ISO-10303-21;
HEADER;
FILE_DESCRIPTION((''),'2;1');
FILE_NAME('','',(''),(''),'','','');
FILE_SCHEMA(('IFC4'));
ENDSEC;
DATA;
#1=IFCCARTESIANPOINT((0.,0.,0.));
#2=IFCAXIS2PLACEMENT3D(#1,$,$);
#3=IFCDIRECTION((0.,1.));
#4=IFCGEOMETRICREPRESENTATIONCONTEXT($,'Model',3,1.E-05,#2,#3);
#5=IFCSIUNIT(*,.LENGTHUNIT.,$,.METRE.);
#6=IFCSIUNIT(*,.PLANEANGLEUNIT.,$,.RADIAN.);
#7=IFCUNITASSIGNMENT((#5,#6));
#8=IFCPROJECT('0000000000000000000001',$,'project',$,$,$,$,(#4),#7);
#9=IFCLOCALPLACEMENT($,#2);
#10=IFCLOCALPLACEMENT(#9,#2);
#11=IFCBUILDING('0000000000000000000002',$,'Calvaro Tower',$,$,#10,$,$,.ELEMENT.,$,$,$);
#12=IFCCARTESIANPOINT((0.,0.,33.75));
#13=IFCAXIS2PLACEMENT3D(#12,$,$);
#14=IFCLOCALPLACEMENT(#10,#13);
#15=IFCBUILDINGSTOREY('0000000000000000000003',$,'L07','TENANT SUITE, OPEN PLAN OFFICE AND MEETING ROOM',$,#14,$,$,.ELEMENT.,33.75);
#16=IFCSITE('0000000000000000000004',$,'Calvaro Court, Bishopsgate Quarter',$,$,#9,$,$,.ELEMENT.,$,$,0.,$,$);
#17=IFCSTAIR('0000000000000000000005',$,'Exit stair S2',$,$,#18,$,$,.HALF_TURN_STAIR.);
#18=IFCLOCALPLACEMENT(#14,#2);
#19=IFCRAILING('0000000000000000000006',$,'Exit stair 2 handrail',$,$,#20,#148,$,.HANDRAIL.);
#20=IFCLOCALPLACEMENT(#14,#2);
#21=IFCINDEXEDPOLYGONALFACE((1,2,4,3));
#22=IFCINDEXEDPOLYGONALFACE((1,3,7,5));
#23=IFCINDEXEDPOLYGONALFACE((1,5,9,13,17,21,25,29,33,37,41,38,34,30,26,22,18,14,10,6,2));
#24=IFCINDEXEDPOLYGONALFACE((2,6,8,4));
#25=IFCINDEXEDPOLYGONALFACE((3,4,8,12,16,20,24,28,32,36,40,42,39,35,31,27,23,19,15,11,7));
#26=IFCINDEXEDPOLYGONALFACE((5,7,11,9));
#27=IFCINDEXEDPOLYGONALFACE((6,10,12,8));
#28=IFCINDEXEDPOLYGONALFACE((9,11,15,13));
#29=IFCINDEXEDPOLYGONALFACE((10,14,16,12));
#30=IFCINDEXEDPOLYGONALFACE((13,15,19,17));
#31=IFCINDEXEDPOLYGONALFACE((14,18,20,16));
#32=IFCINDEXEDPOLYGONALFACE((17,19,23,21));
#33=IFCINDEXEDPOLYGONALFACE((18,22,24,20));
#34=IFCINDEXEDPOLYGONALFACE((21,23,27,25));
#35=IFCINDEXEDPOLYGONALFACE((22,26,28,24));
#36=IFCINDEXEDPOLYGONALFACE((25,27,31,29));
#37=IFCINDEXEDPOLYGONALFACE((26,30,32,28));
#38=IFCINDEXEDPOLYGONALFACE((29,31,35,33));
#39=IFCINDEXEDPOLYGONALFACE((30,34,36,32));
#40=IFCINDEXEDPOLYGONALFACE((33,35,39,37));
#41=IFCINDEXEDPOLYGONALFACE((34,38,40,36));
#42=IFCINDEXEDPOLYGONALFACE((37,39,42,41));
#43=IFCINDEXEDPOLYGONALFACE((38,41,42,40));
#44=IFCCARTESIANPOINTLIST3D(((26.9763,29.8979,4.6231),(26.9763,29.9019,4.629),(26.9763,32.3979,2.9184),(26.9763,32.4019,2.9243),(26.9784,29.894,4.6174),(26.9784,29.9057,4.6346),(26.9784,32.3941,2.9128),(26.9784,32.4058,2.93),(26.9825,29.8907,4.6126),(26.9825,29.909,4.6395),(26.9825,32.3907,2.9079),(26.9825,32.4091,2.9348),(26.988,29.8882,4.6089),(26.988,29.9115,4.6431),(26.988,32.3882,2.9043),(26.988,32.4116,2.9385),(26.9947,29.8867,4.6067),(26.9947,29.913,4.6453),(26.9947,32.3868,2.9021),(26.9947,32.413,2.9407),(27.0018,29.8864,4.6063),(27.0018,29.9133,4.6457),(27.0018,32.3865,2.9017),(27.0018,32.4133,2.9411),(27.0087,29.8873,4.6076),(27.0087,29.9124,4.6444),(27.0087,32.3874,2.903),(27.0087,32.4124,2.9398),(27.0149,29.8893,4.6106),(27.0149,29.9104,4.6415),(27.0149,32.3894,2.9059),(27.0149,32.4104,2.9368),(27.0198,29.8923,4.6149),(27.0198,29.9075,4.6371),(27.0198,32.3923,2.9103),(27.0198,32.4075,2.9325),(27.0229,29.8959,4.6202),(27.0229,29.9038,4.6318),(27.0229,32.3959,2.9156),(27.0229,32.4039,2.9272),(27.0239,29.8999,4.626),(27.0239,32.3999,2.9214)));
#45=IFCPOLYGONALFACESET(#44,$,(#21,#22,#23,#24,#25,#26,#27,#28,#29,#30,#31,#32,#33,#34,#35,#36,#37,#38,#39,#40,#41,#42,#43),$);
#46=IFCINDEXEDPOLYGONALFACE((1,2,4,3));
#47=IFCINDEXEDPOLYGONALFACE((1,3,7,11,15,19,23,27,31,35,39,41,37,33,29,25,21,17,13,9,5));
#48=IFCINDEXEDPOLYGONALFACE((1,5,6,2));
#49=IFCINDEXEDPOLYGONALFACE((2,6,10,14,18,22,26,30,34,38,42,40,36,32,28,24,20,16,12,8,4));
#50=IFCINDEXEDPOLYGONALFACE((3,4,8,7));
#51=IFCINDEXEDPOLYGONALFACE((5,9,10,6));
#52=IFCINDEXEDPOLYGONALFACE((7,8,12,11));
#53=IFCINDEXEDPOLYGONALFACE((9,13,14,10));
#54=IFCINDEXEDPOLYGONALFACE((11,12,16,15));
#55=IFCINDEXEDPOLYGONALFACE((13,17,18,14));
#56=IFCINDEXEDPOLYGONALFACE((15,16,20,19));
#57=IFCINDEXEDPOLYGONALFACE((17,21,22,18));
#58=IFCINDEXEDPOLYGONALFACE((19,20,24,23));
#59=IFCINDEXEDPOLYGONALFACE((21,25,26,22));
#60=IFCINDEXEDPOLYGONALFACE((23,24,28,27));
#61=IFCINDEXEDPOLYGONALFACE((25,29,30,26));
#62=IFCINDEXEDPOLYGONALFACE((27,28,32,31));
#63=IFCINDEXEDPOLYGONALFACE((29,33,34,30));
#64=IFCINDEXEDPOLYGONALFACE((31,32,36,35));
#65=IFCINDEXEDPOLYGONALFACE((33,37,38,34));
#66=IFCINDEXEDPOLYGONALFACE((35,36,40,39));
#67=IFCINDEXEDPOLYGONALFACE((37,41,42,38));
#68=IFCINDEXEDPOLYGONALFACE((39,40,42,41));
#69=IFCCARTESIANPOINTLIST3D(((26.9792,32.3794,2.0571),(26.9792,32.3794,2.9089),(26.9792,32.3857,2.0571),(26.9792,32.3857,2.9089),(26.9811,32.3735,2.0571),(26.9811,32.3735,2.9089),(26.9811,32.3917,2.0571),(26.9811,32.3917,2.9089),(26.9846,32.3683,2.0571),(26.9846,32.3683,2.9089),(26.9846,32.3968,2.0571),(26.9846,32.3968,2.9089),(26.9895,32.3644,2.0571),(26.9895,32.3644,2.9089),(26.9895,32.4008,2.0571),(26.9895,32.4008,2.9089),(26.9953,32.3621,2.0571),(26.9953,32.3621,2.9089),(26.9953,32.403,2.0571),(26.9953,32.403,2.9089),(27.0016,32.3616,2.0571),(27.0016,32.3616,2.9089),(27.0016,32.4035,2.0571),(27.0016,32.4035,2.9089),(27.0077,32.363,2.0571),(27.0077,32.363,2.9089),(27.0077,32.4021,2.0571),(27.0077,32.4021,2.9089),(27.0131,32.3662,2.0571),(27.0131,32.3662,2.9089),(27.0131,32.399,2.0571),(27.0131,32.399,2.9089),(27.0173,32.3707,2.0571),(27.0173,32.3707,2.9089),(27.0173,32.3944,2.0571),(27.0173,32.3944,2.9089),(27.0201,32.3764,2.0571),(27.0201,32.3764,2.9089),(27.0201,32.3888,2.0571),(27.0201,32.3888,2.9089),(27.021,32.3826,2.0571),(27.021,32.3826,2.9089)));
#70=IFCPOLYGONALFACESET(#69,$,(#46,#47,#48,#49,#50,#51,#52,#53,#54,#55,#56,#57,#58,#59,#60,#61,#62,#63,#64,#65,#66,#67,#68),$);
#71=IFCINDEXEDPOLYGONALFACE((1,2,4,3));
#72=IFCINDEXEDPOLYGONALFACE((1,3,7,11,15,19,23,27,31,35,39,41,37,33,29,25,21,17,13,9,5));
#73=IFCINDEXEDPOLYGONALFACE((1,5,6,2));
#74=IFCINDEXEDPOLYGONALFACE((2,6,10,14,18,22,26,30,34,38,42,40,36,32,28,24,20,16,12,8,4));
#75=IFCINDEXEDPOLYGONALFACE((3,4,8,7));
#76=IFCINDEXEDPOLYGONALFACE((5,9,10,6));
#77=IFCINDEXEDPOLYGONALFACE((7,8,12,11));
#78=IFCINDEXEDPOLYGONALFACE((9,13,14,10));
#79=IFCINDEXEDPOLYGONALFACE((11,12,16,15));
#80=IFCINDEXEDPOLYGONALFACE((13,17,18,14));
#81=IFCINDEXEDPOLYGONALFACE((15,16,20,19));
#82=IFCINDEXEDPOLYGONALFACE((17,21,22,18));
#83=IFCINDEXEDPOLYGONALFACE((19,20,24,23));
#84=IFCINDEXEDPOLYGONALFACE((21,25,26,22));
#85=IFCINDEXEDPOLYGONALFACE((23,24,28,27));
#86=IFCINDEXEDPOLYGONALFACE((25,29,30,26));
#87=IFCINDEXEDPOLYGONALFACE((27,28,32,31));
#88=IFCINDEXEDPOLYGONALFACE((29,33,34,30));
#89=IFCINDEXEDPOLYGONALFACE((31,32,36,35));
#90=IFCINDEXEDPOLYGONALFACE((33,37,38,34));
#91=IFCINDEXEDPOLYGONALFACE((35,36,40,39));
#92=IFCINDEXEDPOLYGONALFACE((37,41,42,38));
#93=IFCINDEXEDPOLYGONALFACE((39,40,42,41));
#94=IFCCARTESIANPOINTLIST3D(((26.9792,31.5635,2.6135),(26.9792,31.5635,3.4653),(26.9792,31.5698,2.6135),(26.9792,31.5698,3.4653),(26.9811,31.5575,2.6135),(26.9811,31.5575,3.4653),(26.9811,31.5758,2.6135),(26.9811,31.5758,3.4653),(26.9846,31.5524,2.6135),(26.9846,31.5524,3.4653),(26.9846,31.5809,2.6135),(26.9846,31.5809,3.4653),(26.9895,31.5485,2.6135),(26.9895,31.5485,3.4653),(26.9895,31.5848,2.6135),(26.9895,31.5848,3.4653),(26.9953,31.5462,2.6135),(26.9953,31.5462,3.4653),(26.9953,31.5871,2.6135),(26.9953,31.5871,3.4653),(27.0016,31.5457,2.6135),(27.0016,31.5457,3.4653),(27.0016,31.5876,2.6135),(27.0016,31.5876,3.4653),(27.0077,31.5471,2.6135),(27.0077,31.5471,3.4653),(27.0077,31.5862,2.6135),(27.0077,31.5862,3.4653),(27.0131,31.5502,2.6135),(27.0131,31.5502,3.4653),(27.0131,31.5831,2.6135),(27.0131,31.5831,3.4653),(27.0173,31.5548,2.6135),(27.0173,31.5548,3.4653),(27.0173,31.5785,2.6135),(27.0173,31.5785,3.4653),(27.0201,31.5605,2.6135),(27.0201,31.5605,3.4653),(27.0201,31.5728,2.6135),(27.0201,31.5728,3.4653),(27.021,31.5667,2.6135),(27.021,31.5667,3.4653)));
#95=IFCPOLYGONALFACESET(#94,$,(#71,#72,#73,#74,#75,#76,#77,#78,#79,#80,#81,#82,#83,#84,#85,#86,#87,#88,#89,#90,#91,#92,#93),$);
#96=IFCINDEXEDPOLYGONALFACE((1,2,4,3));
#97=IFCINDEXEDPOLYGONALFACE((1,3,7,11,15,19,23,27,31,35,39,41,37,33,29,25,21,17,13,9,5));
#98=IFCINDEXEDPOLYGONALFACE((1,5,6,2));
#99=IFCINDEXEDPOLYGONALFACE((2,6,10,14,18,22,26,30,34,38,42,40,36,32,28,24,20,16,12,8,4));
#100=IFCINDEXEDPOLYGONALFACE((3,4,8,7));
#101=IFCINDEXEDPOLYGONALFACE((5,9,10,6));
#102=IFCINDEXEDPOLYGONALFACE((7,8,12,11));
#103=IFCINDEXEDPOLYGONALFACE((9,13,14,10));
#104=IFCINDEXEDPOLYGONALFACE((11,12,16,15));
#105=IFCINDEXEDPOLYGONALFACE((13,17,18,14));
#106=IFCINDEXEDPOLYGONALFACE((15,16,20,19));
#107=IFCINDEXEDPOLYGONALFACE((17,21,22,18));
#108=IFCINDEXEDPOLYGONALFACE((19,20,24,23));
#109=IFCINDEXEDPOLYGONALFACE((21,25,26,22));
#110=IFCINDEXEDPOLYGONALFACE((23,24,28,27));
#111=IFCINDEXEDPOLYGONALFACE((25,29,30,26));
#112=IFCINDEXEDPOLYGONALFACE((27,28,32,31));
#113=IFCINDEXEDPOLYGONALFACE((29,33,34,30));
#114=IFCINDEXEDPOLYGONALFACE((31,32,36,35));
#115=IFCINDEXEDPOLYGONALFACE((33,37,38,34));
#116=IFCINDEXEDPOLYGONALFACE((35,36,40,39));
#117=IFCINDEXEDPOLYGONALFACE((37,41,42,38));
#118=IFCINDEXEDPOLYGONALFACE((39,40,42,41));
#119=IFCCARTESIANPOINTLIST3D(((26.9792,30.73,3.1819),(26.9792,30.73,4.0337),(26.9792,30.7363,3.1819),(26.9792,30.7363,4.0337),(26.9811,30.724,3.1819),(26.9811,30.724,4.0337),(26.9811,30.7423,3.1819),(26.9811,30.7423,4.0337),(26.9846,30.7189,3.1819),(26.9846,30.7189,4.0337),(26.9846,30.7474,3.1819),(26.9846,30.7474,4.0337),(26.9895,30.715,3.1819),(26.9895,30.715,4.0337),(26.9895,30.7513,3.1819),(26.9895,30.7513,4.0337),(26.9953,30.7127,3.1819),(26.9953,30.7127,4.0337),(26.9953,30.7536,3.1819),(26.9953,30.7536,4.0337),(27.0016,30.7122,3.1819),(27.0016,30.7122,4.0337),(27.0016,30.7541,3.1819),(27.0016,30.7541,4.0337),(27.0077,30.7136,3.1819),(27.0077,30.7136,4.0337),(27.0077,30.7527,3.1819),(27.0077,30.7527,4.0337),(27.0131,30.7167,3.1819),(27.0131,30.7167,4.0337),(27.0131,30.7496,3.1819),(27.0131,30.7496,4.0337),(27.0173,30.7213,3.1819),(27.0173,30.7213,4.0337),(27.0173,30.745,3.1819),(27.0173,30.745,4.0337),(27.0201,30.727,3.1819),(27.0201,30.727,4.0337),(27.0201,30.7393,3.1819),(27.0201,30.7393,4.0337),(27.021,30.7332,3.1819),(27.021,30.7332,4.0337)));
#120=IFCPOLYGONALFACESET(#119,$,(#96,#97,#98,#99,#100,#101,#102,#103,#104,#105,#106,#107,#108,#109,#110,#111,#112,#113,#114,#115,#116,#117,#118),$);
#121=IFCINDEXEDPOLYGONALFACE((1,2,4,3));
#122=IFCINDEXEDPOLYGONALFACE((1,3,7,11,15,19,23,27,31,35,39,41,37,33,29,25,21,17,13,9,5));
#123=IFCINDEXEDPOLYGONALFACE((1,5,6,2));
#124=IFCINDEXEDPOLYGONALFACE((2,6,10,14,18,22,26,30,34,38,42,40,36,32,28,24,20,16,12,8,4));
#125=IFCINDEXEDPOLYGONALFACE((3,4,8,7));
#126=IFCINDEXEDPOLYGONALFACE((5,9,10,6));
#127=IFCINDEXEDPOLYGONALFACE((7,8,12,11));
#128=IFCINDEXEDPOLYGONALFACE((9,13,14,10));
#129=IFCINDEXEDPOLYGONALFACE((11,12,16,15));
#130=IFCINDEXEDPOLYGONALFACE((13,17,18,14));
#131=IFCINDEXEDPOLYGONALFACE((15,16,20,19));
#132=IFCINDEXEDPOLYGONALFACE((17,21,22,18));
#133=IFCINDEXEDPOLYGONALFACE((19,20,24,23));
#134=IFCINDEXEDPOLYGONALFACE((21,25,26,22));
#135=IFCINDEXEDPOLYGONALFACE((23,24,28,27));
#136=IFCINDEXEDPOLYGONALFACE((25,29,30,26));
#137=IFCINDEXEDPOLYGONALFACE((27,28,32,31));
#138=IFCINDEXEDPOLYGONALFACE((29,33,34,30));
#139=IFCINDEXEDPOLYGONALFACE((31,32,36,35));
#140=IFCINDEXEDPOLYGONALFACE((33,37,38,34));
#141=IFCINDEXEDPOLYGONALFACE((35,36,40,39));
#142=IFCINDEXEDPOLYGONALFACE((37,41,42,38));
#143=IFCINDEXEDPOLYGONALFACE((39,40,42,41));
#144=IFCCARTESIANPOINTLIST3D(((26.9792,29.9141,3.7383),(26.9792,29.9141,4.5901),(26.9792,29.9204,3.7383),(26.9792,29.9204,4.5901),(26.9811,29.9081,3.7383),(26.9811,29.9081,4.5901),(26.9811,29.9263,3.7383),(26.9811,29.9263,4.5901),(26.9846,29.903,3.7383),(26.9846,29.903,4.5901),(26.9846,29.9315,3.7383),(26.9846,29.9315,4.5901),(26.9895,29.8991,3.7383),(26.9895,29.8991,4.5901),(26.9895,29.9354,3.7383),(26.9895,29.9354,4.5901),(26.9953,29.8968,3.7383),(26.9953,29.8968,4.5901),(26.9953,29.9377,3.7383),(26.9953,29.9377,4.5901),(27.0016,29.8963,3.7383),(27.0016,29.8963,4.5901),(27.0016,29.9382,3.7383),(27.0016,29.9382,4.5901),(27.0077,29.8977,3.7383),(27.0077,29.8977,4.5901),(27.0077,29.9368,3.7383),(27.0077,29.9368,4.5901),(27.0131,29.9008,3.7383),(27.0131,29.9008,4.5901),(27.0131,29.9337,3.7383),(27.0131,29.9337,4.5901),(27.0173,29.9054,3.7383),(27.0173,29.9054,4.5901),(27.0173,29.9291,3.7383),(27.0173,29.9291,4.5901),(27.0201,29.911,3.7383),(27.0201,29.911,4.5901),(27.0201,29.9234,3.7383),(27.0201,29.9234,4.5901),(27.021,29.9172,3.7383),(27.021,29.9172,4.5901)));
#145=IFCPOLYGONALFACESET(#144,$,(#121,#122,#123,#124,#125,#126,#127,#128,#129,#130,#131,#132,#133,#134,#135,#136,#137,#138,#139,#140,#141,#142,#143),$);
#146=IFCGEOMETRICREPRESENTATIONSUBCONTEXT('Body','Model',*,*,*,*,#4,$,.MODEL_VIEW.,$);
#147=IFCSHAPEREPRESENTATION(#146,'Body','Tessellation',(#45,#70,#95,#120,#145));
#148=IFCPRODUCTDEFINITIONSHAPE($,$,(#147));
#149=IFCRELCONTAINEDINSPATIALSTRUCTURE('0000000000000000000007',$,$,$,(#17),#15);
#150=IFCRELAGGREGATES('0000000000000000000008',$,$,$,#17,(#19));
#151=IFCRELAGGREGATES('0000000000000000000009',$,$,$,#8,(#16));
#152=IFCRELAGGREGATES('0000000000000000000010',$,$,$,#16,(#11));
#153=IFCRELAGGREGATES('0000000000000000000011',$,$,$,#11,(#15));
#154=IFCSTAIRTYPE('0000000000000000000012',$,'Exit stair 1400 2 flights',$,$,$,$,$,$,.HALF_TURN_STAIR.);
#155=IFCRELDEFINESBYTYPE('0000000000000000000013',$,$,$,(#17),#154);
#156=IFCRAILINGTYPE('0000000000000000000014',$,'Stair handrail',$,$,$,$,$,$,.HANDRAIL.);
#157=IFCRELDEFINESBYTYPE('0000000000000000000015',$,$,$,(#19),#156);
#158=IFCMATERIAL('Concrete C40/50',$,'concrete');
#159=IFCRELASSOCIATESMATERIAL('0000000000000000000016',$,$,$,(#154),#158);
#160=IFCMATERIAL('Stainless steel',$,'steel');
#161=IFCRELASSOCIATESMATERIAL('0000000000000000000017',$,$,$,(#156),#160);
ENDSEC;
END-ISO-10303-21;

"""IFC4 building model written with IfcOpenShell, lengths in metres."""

from ifc_helpers import new_model, si_unit, direction, frame, origin, origin_2d, place, context, subcontext, project, spatial, circle, extrude, material, type_object, element, aggregate, save


model = new_model("IFC4")

# Units and contexts
model_context = context("Model", 3, precision=1e-05, world=origin(), true_north=direction((0.0, 1.0)))
body_context = subcontext(model_context, "Body", "Model", "MODEL_VIEW")
ifc_project = project(units=[si_unit("LENGTHUNIT", "METRE"), si_unit("PLANEANGLEUNIT", "RADIAN")], contexts=[model_context])

# Site, building, storey
site_placement = place(None, origin())
site = spatial("IfcSite", under=ifc_project, at=site_placement, Name="Calvaro Court, Bishopsgate Quarter", CompositionType="ELEMENT", RefElevation=0.0)
building_placement = place(site_placement, origin())
building = spatial("IfcBuilding", under=site, at=building_placement, Name="Calvaro Tower", CompositionType="ELEMENT")
storey_placement = place(building_placement, frame((0.0, 0.0, 33.75)))
storey = spatial("IfcBuildingStorey", under=building, at=storey_placement, Name="L07", Description="TENANT SUITE, OPEN PLAN OFFICE AND MEETING ROOM", CompositionType="ELEMENT", Elevation=33.75)

# Stair, railing
ifc_material_1 = material(Name="Concrete C40/50", Category="concrete")
stair_type = type_object("IfcStairType", Name="Exit stair 1400 2 flights", PredefinedType="HALF_TURN_STAIR", material=ifc_material_1)
stair_placement = place(storey_placement, origin())
stair = element("IfcStair", 1, at=stair_placement, inside=storey, type_object=stair_type, Name="Exit stair S2", PredefinedType="HALF_TURN_STAIR")
ifc_material_2 = material(Name="Stainless steel", Category="steel")
railing_type = type_object("IfcRailingType", Name="Stair handrail", PredefinedType="HANDRAIL", material=ifc_material_2)
railing_1_placement = place(storey_placement, frame((27.0, 32.3999, 2.0454)))
railing_1 = element("IfcRailing", 2, at=railing_1_placement, type_object=railing_type, Name="Exit stair 2 handrail", PredefinedType="HANDRAIL", context=body_context, shape_type="SweptSolid", body=[
    extrude(circle(Radius=0.0239, at=origin_2d()), frame((0.0, 0.0, 0.876), z_axis=(0.0, -0.826221, 0.563347), x_axis=(1.0, 0.0, 0.0)), (0.0, 0.0, 1.0), 3.0259),
    extrude(circle(Radius=0.021, at=origin_2d()), frame((0.0, -0.0173, 0.0117)), (0.0, 0.0, 1.0), 0.8518),
    extrude(circle(Radius=0.021, at=origin_2d()), frame((0.0, -0.8333, 0.5681)), (0.0, 0.0, 1.0), 0.8518),
    extrude(circle(Radius=0.021, at=origin_2d()), frame((0.0, -1.6667, 1.1365)), (0.0, 0.0, 1.0), 0.8518),
    extrude(circle(Radius=0.021, at=origin_2d()), frame((0.0, -2.4827, 1.6929)), (0.0, 0.0, 1.0), 0.8518),
])
aggregate(stair, [railing_1])

save(model, "model.ifc")
